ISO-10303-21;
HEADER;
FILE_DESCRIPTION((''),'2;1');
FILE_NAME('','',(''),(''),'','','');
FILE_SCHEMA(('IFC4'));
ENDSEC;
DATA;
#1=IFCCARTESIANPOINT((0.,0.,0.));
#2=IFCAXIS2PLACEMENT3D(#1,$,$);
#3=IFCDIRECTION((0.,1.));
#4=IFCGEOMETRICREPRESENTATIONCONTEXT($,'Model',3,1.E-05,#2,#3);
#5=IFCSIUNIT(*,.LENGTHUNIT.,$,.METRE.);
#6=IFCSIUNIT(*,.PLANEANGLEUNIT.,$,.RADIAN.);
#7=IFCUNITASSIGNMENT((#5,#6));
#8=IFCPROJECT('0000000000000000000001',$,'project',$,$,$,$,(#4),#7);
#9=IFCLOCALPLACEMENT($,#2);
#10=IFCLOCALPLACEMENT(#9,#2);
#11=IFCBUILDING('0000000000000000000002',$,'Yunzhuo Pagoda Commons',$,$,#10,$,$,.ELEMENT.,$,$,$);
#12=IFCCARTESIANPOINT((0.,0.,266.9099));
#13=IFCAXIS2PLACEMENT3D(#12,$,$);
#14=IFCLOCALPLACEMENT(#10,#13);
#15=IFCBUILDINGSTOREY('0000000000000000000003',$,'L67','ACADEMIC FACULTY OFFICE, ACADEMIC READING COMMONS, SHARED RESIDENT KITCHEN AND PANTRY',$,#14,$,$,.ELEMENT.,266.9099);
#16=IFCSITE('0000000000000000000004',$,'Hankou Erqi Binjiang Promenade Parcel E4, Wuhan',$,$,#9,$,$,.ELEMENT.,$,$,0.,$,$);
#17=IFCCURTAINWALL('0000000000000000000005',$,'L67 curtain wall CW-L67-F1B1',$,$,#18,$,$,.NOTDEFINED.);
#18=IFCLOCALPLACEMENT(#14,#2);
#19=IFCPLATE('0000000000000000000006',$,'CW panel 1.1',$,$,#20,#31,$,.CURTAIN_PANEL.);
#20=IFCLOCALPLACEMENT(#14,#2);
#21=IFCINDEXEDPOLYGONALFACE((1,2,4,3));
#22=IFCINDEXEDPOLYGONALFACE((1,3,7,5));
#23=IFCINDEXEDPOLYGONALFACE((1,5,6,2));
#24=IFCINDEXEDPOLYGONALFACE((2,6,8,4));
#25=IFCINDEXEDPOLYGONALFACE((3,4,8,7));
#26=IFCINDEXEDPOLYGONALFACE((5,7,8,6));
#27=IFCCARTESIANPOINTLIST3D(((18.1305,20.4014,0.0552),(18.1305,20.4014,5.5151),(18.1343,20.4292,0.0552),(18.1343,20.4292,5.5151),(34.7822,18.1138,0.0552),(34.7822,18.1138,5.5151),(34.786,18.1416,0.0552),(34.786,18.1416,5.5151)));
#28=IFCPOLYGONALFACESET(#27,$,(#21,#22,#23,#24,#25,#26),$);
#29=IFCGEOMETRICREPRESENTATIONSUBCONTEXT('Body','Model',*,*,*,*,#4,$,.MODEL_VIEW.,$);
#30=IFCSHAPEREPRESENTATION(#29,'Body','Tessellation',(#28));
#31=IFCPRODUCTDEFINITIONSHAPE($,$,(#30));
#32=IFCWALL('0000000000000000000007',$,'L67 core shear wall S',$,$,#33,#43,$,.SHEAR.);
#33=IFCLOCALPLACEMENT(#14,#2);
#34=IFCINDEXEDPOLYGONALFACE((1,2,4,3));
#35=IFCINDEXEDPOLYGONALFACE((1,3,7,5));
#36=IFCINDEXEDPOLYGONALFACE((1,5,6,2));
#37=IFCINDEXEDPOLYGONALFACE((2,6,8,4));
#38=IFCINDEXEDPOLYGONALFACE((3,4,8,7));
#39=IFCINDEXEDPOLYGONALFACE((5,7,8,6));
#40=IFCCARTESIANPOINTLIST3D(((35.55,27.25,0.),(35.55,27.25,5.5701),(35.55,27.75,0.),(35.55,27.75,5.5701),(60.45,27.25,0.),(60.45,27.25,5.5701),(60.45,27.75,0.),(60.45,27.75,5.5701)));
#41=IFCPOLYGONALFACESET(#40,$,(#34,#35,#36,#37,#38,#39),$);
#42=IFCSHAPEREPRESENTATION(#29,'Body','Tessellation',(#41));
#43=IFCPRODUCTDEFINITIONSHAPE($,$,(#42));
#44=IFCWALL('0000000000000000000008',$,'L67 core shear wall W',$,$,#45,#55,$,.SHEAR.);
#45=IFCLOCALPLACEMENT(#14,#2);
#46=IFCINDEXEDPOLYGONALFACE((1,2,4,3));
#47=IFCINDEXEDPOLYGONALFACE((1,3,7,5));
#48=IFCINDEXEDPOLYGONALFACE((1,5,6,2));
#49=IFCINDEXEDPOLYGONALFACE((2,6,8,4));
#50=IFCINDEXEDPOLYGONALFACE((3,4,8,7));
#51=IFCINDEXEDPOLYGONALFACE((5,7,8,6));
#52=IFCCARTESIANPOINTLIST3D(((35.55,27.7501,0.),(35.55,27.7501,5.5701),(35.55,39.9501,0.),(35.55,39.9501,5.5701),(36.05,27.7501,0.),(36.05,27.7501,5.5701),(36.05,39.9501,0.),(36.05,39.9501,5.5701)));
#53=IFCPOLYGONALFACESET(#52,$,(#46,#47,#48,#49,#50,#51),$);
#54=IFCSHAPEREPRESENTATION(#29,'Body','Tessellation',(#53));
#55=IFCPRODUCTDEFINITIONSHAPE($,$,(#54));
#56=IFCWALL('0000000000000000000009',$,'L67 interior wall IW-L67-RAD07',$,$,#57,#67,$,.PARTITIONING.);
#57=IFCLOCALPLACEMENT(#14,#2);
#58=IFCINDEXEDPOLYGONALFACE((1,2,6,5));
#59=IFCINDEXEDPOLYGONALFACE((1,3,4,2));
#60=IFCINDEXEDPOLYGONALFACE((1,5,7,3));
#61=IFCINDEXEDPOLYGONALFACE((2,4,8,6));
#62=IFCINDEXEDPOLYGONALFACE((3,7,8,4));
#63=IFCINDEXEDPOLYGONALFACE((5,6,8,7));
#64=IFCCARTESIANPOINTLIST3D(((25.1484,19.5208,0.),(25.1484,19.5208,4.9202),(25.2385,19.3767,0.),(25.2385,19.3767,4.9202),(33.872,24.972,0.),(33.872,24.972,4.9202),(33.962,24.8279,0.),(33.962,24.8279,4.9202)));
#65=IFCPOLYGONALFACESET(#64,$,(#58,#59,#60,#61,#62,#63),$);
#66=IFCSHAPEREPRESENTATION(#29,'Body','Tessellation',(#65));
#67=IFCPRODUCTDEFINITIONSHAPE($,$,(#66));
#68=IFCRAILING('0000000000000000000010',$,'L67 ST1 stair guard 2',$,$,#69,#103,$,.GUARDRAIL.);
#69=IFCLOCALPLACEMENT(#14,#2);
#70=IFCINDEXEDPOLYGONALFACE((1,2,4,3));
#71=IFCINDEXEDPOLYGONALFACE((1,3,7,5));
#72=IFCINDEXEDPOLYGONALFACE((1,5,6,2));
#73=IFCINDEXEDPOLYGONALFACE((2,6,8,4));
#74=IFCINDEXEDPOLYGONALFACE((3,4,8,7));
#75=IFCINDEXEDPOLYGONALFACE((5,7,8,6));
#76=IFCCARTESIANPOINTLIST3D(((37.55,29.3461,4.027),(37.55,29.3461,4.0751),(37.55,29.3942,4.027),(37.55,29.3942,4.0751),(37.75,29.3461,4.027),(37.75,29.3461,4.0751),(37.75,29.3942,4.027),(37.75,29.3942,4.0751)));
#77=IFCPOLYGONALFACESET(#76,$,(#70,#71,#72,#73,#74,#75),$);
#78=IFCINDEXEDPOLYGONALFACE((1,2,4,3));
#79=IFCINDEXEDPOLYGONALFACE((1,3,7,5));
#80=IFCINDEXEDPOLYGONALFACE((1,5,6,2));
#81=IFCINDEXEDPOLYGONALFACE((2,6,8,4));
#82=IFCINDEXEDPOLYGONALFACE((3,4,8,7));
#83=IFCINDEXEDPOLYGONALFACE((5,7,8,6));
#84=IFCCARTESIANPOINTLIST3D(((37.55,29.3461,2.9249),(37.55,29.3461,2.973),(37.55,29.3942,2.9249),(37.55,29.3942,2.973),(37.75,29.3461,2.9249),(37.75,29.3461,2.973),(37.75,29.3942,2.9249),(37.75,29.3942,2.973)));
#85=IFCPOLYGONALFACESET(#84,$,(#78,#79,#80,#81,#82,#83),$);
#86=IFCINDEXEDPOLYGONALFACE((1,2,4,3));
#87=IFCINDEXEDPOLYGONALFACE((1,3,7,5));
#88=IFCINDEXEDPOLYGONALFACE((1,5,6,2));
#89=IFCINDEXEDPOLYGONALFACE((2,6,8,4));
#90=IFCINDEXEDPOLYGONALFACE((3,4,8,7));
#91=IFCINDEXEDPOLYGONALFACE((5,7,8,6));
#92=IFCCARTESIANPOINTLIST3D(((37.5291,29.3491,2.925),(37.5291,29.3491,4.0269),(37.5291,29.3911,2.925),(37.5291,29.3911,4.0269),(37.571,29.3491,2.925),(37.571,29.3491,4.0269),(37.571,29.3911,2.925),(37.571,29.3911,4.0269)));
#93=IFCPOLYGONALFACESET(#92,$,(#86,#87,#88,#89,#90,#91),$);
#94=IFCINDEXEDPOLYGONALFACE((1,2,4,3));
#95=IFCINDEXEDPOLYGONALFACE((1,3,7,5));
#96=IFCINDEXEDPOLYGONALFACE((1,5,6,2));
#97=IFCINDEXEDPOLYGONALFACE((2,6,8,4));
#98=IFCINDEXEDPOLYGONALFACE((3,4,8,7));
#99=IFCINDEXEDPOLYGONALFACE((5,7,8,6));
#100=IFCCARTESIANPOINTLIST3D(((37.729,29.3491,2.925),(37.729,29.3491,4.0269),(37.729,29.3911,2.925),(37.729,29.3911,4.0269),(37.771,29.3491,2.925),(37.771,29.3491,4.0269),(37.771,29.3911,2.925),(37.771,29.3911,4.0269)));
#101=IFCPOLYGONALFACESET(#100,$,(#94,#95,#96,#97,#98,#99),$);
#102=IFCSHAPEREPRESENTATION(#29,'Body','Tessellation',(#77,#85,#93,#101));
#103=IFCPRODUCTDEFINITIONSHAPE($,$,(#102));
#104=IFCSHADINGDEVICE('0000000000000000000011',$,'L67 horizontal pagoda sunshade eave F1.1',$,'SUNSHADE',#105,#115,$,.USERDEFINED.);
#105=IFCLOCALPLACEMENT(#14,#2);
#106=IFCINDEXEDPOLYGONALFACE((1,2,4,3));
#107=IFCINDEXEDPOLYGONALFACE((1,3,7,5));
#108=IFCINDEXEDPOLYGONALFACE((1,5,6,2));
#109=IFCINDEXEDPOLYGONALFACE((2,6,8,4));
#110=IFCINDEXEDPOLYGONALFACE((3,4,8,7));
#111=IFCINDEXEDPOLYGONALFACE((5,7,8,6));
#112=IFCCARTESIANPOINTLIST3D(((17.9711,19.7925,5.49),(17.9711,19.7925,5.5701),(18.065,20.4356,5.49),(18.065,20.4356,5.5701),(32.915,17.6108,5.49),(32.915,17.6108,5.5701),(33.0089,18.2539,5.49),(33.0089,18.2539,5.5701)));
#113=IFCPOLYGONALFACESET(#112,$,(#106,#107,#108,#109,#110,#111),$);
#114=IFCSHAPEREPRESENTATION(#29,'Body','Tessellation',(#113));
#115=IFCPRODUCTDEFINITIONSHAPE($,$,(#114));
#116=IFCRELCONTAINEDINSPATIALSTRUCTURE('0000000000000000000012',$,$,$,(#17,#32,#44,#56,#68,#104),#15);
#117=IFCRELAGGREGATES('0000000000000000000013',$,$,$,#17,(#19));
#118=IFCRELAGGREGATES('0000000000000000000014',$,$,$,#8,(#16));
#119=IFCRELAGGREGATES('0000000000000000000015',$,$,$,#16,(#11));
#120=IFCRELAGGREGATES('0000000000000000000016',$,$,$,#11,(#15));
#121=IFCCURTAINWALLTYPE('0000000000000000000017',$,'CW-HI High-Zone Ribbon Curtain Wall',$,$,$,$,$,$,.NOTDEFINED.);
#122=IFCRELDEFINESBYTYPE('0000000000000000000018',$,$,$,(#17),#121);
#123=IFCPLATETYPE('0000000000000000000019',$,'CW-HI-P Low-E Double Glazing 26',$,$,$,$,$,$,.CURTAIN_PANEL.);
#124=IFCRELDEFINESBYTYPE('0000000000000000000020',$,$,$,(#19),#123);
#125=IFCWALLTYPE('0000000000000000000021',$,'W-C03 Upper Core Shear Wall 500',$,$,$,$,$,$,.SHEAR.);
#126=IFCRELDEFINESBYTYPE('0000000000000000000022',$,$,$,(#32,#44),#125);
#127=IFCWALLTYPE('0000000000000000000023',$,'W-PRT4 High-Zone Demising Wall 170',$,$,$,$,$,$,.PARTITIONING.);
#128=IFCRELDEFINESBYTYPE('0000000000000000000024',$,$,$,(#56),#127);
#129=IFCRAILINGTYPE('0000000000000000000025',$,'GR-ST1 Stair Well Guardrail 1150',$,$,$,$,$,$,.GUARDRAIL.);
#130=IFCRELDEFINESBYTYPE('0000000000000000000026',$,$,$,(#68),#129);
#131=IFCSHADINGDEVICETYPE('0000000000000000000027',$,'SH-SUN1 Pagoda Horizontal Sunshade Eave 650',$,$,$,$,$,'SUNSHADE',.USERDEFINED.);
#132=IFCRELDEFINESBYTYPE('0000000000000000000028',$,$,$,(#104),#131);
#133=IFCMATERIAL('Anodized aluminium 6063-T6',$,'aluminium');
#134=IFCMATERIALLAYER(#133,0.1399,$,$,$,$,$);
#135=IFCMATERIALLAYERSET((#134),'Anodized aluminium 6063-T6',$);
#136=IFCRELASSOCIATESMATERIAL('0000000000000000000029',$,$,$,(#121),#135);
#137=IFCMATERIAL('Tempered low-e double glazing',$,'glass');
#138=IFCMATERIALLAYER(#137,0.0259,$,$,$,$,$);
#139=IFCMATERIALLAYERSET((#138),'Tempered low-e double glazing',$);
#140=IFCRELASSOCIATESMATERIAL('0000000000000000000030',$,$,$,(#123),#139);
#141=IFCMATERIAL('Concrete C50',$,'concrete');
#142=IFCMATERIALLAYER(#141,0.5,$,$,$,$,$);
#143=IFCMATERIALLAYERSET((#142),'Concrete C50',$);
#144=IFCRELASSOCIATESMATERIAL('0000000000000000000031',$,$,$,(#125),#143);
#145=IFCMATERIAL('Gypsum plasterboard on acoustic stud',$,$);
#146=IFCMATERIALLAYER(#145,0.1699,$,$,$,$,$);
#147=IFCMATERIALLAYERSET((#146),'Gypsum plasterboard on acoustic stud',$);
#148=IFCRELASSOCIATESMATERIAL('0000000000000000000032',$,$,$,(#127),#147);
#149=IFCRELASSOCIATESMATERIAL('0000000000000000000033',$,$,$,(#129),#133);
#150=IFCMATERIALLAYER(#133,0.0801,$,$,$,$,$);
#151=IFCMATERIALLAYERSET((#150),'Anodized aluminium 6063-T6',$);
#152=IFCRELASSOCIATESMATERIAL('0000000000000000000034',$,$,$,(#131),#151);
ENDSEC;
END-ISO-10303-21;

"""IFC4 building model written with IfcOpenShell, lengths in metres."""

from ifc_helpers import new_model, si_unit, direction, frame, frame_2d, origin, origin_2d, place, context, subcontext, project, spatial, rectangle, extrude, source, transform, mapped, material, layer, layer_set, type_object, element, aggregate, save


model = new_model("IFC4")

# Units and contexts
model_context = context("Model", 3, precision=1e-05, world=origin(), true_north=direction((0.0, 1.0)))
body_context = subcontext(model_context, "Body", "Model", "MODEL_VIEW")
ifc_project = project(units=[si_unit("LENGTHUNIT", "METRE"), si_unit("PLANEANGLEUNIT", "RADIAN")], contexts=[model_context])

# Site, building, storey
site_placement = place(None, origin())
site = spatial("IfcSite", under=ifc_project, at=site_placement, Name="Hankou Erqi Binjiang Promenade Parcel E4, Wuhan", CompositionType="ELEMENT", RefElevation=0.0)
building_placement = place(site_placement, origin())
building = spatial("IfcBuilding", under=site, at=building_placement, Name="Yunzhuo Pagoda Commons", CompositionType="ELEMENT")
storey_placement = place(building_placement, frame((0.0, 0.0, 266.9099)))
storey = spatial("IfcBuildingStorey", under=building, at=storey_placement, Name="L67", Description="ACADEMIC FACULTY OFFICE, ACADEMIC READING COMMONS, SHARED RESIDENT KITCHEN AND PANTRY", CompositionType="ELEMENT", Elevation=266.9099)

# Curtain wall
ifc_material_1 = material(Name="Anodized aluminium 6063-T6", Category="aluminium")
ifc_layer_1 = layer(ifc_material_1, 0.1399)
ifc_layer_set_1 = layer_set([ifc_layer_1], Name="Anodized aluminium 6063-T6")
curtain_wall_type = type_object("IfcCurtainWallType", Name="CW-HI High-Zone Ribbon Curtain Wall", PredefinedType="NOTDEFINED", material=ifc_layer_set_1)
curtain_wall_1_placement = place(storey_placement, origin())
curtain_wall_1 = element("IfcCurtainWall", 1, at=curtain_wall_1_placement, inside=storey, type_object=curtain_wall_type, Name="L67 curtain wall CW-L67-F1B1", PredefinedType="NOTDEFINED")

# Plate
ifc_material_2 = material(Name="Tempered low-e double glazing", Category="glass")
ifc_layer_2 = layer(ifc_material_2, 0.0259)
ifc_layer_set_2 = layer_set([ifc_layer_2], Name="Tempered low-e double glazing")
plate_type_1 = type_object("IfcPlateType", Name="CW-HI-P Low-E Double Glazing 26", PredefinedType="CURTAIN_PANEL", material=ifc_layer_set_2)
shared_shape_1 = source(origin(), body_context, "Body", "SweptSolid", [
    extrude(rectangle(XDim=16.8081, YDim=0.0281, at=origin_2d()), origin(), (0.0, 0.0, 1.0), 5.46),
])
plate_1_placement = place(storey_placement, frame((26.4583, 19.2715, 0.0552), z_axis=(0.0, 0.0, 1.0), x_axis=(0.990695, -0.136099, 0.0)))
plate_1 = element("IfcPlate", 2, at=plate_1_placement, type_object=plate_type_1, Name="CW panel 1.1", PredefinedType="CURTAIN_PANEL", context=body_context, shape_type="MappedRepresentation", body=[
    mapped(shared_shape_1, transform((0.0, 0.0, 0.0), scale=1.0)),
])
aggregate(curtain_wall_1, [plate_1])

# Walls
ifc_material_3 = material(Name="Concrete C50", Category="concrete")
ifc_layer_3 = layer(ifc_material_3, 0.5)
ifc_layer_set_3 = layer_set([ifc_layer_3], Name="Concrete C50")
wall_type_1 = type_object("IfcWallType", Name="W-C03 Upper Core Shear Wall 500", PredefinedType="SHEAR", material=ifc_layer_set_3)
wall_1_placement = place(storey_placement, frame((35.55, 27.5, 0.0), z_axis=(0.0, 0.0, 1.0), x_axis=(1.0, 0.0, 0.0)))
element("IfcWall", 3, at=wall_1_placement, inside=storey, type_object=wall_type_1, Name="L67 core shear wall S", PredefinedType="SHEAR", context=body_context, shape_type="SweptSolid", body=[
    extrude(rectangle(XDim=24.8999, YDim=0.5, at=frame_2d((12.45, 0.0))), origin(), (0.0, 0.0, 1.0), 5.5701),
])
wall_2_placement = place(storey_placement, frame((35.8, 27.75, 0.0), z_axis=(0.0, 0.0, 1.0), x_axis=(0.0, 1.0, 0.0)))
element("IfcWall", 4, at=wall_2_placement, inside=storey, type_object=wall_type_1, Name="L67 core shear wall W", PredefinedType="SHEAR", context=body_context, shape_type="SweptSolid", body=[
    extrude(rectangle(XDim=12.2, YDim=0.5, at=frame_2d((6.1001, 0.0))), origin(), (0.0, 0.0, 1.0), 5.5701),
])

# Shared definitions
ifc_material_4 = material(Name="Gypsum plasterboard on acoustic stud")

# Wall
ifc_layer_4 = layer(ifc_material_4, 0.1699)
ifc_layer_set_4 = layer_set([ifc_layer_4], Name="Gypsum plasterboard on acoustic stud")
wall_type_2 = type_object("IfcWallType", Name="W-PRT4 High-Zone Demising Wall 170", PredefinedType="PARTITIONING", material=ifc_layer_set_4)
wall_3_placement = place(storey_placement, frame((33.917, 24.8999, 0.0), z_axis=(0.0, 0.0, 1.0), x_axis=(-0.848046, -0.529922, 0.0)))
element("IfcWall", 5, at=wall_3_placement, inside=storey, type_object=wall_type_2, Name="L67 interior wall IW-L67-RAD07", PredefinedType="PARTITIONING", context=body_context, shape_type="SweptSolid", body=[
    extrude(rectangle(XDim=10.2866, YDim=0.1699, at=frame_2d((5.1433, 0.0))), origin(), (0.0, 0.0, 1.0), 4.9202),
])

# Railing
railing_type = type_object("IfcRailingType", Name="GR-ST1 Stair Well Guardrail 1150", PredefinedType="GUARDRAIL", material=ifc_material_1)
railing_placement = place(storey_placement, frame((37.55, 29.3701, 2.925)))
element("IfcRailing", 6, at=railing_placement, inside=storey, type_object=railing_type, Name="L67 ST1 stair guard 2", PredefinedType="GUARDRAIL", context=body_context, shape_type="SweptSolid", body=[
    extrude(rectangle(XDim=0.0481, YDim=0.0481, at=origin_2d()), frame((0.0, 0.0, 1.126), z_axis=(1.0, 0.0, 0.0), x_axis=(0.0, 1.0, 0.0)), (0.0, 0.0, 1.0), 0.2),
    extrude(rectangle(XDim=0.0481, YDim=0.0481, at=origin_2d()), frame((0.0, 0.0, 0.0239), z_axis=(1.0, 0.0, 0.0), x_axis=(0.0, 1.0, 0.0)), (0.0, 0.0, 1.0), 0.2),
    extrude(rectangle(XDim=0.042, YDim=0.042, at=origin_2d()), origin(), (0.0, 0.0, 1.0), 1.1018),
    extrude(rectangle(XDim=0.042, YDim=0.042, at=origin_2d()), frame((0.2, 0.0, 0.0)), (0.0, 0.0, 1.0), 1.1018),
])

# Shading device
ifc_layer_5 = layer(ifc_material_1, 0.0801)
ifc_layer_set_5 = layer_set([ifc_layer_5], Name="Anodized aluminium 6063-T6")
shading_device_type = type_object("IfcShadingDeviceType", Name="SH-SUN1 Pagoda Horizontal Sunshade Eave 650", ElementType="SUNSHADE", PredefinedType="USERDEFINED", material=ifc_layer_set_5)
shared_shape_2 = source(origin(), body_context, "Body", "SweptSolid", [
    extrude(rectangle(XDim=15.1023, YDim=0.6499, at=origin_2d()), origin(), (0.0, 0.0, 1.0), 0.0801),
])
shading_device_placement = place(storey_placement, frame((25.49, 19.0232, 5.49), z_axis=(0.0, 0.0, 1.0), x_axis=(0.989511, -0.14446, 0.0)))
element("IfcShadingDevice", 7, at=shading_device_placement, inside=storey, type_object=shading_device_type, Name="L67 horizontal pagoda sunshade eave F1.1", ObjectType="SUNSHADE", PredefinedType="USERDEFINED", context=body_context, shape_type="MappedRepresentation", body=[
    mapped(shared_shape_2, transform((0.0, 0.0, 0.0), scale=1.0)),
])

save(model, "model.ifc")
